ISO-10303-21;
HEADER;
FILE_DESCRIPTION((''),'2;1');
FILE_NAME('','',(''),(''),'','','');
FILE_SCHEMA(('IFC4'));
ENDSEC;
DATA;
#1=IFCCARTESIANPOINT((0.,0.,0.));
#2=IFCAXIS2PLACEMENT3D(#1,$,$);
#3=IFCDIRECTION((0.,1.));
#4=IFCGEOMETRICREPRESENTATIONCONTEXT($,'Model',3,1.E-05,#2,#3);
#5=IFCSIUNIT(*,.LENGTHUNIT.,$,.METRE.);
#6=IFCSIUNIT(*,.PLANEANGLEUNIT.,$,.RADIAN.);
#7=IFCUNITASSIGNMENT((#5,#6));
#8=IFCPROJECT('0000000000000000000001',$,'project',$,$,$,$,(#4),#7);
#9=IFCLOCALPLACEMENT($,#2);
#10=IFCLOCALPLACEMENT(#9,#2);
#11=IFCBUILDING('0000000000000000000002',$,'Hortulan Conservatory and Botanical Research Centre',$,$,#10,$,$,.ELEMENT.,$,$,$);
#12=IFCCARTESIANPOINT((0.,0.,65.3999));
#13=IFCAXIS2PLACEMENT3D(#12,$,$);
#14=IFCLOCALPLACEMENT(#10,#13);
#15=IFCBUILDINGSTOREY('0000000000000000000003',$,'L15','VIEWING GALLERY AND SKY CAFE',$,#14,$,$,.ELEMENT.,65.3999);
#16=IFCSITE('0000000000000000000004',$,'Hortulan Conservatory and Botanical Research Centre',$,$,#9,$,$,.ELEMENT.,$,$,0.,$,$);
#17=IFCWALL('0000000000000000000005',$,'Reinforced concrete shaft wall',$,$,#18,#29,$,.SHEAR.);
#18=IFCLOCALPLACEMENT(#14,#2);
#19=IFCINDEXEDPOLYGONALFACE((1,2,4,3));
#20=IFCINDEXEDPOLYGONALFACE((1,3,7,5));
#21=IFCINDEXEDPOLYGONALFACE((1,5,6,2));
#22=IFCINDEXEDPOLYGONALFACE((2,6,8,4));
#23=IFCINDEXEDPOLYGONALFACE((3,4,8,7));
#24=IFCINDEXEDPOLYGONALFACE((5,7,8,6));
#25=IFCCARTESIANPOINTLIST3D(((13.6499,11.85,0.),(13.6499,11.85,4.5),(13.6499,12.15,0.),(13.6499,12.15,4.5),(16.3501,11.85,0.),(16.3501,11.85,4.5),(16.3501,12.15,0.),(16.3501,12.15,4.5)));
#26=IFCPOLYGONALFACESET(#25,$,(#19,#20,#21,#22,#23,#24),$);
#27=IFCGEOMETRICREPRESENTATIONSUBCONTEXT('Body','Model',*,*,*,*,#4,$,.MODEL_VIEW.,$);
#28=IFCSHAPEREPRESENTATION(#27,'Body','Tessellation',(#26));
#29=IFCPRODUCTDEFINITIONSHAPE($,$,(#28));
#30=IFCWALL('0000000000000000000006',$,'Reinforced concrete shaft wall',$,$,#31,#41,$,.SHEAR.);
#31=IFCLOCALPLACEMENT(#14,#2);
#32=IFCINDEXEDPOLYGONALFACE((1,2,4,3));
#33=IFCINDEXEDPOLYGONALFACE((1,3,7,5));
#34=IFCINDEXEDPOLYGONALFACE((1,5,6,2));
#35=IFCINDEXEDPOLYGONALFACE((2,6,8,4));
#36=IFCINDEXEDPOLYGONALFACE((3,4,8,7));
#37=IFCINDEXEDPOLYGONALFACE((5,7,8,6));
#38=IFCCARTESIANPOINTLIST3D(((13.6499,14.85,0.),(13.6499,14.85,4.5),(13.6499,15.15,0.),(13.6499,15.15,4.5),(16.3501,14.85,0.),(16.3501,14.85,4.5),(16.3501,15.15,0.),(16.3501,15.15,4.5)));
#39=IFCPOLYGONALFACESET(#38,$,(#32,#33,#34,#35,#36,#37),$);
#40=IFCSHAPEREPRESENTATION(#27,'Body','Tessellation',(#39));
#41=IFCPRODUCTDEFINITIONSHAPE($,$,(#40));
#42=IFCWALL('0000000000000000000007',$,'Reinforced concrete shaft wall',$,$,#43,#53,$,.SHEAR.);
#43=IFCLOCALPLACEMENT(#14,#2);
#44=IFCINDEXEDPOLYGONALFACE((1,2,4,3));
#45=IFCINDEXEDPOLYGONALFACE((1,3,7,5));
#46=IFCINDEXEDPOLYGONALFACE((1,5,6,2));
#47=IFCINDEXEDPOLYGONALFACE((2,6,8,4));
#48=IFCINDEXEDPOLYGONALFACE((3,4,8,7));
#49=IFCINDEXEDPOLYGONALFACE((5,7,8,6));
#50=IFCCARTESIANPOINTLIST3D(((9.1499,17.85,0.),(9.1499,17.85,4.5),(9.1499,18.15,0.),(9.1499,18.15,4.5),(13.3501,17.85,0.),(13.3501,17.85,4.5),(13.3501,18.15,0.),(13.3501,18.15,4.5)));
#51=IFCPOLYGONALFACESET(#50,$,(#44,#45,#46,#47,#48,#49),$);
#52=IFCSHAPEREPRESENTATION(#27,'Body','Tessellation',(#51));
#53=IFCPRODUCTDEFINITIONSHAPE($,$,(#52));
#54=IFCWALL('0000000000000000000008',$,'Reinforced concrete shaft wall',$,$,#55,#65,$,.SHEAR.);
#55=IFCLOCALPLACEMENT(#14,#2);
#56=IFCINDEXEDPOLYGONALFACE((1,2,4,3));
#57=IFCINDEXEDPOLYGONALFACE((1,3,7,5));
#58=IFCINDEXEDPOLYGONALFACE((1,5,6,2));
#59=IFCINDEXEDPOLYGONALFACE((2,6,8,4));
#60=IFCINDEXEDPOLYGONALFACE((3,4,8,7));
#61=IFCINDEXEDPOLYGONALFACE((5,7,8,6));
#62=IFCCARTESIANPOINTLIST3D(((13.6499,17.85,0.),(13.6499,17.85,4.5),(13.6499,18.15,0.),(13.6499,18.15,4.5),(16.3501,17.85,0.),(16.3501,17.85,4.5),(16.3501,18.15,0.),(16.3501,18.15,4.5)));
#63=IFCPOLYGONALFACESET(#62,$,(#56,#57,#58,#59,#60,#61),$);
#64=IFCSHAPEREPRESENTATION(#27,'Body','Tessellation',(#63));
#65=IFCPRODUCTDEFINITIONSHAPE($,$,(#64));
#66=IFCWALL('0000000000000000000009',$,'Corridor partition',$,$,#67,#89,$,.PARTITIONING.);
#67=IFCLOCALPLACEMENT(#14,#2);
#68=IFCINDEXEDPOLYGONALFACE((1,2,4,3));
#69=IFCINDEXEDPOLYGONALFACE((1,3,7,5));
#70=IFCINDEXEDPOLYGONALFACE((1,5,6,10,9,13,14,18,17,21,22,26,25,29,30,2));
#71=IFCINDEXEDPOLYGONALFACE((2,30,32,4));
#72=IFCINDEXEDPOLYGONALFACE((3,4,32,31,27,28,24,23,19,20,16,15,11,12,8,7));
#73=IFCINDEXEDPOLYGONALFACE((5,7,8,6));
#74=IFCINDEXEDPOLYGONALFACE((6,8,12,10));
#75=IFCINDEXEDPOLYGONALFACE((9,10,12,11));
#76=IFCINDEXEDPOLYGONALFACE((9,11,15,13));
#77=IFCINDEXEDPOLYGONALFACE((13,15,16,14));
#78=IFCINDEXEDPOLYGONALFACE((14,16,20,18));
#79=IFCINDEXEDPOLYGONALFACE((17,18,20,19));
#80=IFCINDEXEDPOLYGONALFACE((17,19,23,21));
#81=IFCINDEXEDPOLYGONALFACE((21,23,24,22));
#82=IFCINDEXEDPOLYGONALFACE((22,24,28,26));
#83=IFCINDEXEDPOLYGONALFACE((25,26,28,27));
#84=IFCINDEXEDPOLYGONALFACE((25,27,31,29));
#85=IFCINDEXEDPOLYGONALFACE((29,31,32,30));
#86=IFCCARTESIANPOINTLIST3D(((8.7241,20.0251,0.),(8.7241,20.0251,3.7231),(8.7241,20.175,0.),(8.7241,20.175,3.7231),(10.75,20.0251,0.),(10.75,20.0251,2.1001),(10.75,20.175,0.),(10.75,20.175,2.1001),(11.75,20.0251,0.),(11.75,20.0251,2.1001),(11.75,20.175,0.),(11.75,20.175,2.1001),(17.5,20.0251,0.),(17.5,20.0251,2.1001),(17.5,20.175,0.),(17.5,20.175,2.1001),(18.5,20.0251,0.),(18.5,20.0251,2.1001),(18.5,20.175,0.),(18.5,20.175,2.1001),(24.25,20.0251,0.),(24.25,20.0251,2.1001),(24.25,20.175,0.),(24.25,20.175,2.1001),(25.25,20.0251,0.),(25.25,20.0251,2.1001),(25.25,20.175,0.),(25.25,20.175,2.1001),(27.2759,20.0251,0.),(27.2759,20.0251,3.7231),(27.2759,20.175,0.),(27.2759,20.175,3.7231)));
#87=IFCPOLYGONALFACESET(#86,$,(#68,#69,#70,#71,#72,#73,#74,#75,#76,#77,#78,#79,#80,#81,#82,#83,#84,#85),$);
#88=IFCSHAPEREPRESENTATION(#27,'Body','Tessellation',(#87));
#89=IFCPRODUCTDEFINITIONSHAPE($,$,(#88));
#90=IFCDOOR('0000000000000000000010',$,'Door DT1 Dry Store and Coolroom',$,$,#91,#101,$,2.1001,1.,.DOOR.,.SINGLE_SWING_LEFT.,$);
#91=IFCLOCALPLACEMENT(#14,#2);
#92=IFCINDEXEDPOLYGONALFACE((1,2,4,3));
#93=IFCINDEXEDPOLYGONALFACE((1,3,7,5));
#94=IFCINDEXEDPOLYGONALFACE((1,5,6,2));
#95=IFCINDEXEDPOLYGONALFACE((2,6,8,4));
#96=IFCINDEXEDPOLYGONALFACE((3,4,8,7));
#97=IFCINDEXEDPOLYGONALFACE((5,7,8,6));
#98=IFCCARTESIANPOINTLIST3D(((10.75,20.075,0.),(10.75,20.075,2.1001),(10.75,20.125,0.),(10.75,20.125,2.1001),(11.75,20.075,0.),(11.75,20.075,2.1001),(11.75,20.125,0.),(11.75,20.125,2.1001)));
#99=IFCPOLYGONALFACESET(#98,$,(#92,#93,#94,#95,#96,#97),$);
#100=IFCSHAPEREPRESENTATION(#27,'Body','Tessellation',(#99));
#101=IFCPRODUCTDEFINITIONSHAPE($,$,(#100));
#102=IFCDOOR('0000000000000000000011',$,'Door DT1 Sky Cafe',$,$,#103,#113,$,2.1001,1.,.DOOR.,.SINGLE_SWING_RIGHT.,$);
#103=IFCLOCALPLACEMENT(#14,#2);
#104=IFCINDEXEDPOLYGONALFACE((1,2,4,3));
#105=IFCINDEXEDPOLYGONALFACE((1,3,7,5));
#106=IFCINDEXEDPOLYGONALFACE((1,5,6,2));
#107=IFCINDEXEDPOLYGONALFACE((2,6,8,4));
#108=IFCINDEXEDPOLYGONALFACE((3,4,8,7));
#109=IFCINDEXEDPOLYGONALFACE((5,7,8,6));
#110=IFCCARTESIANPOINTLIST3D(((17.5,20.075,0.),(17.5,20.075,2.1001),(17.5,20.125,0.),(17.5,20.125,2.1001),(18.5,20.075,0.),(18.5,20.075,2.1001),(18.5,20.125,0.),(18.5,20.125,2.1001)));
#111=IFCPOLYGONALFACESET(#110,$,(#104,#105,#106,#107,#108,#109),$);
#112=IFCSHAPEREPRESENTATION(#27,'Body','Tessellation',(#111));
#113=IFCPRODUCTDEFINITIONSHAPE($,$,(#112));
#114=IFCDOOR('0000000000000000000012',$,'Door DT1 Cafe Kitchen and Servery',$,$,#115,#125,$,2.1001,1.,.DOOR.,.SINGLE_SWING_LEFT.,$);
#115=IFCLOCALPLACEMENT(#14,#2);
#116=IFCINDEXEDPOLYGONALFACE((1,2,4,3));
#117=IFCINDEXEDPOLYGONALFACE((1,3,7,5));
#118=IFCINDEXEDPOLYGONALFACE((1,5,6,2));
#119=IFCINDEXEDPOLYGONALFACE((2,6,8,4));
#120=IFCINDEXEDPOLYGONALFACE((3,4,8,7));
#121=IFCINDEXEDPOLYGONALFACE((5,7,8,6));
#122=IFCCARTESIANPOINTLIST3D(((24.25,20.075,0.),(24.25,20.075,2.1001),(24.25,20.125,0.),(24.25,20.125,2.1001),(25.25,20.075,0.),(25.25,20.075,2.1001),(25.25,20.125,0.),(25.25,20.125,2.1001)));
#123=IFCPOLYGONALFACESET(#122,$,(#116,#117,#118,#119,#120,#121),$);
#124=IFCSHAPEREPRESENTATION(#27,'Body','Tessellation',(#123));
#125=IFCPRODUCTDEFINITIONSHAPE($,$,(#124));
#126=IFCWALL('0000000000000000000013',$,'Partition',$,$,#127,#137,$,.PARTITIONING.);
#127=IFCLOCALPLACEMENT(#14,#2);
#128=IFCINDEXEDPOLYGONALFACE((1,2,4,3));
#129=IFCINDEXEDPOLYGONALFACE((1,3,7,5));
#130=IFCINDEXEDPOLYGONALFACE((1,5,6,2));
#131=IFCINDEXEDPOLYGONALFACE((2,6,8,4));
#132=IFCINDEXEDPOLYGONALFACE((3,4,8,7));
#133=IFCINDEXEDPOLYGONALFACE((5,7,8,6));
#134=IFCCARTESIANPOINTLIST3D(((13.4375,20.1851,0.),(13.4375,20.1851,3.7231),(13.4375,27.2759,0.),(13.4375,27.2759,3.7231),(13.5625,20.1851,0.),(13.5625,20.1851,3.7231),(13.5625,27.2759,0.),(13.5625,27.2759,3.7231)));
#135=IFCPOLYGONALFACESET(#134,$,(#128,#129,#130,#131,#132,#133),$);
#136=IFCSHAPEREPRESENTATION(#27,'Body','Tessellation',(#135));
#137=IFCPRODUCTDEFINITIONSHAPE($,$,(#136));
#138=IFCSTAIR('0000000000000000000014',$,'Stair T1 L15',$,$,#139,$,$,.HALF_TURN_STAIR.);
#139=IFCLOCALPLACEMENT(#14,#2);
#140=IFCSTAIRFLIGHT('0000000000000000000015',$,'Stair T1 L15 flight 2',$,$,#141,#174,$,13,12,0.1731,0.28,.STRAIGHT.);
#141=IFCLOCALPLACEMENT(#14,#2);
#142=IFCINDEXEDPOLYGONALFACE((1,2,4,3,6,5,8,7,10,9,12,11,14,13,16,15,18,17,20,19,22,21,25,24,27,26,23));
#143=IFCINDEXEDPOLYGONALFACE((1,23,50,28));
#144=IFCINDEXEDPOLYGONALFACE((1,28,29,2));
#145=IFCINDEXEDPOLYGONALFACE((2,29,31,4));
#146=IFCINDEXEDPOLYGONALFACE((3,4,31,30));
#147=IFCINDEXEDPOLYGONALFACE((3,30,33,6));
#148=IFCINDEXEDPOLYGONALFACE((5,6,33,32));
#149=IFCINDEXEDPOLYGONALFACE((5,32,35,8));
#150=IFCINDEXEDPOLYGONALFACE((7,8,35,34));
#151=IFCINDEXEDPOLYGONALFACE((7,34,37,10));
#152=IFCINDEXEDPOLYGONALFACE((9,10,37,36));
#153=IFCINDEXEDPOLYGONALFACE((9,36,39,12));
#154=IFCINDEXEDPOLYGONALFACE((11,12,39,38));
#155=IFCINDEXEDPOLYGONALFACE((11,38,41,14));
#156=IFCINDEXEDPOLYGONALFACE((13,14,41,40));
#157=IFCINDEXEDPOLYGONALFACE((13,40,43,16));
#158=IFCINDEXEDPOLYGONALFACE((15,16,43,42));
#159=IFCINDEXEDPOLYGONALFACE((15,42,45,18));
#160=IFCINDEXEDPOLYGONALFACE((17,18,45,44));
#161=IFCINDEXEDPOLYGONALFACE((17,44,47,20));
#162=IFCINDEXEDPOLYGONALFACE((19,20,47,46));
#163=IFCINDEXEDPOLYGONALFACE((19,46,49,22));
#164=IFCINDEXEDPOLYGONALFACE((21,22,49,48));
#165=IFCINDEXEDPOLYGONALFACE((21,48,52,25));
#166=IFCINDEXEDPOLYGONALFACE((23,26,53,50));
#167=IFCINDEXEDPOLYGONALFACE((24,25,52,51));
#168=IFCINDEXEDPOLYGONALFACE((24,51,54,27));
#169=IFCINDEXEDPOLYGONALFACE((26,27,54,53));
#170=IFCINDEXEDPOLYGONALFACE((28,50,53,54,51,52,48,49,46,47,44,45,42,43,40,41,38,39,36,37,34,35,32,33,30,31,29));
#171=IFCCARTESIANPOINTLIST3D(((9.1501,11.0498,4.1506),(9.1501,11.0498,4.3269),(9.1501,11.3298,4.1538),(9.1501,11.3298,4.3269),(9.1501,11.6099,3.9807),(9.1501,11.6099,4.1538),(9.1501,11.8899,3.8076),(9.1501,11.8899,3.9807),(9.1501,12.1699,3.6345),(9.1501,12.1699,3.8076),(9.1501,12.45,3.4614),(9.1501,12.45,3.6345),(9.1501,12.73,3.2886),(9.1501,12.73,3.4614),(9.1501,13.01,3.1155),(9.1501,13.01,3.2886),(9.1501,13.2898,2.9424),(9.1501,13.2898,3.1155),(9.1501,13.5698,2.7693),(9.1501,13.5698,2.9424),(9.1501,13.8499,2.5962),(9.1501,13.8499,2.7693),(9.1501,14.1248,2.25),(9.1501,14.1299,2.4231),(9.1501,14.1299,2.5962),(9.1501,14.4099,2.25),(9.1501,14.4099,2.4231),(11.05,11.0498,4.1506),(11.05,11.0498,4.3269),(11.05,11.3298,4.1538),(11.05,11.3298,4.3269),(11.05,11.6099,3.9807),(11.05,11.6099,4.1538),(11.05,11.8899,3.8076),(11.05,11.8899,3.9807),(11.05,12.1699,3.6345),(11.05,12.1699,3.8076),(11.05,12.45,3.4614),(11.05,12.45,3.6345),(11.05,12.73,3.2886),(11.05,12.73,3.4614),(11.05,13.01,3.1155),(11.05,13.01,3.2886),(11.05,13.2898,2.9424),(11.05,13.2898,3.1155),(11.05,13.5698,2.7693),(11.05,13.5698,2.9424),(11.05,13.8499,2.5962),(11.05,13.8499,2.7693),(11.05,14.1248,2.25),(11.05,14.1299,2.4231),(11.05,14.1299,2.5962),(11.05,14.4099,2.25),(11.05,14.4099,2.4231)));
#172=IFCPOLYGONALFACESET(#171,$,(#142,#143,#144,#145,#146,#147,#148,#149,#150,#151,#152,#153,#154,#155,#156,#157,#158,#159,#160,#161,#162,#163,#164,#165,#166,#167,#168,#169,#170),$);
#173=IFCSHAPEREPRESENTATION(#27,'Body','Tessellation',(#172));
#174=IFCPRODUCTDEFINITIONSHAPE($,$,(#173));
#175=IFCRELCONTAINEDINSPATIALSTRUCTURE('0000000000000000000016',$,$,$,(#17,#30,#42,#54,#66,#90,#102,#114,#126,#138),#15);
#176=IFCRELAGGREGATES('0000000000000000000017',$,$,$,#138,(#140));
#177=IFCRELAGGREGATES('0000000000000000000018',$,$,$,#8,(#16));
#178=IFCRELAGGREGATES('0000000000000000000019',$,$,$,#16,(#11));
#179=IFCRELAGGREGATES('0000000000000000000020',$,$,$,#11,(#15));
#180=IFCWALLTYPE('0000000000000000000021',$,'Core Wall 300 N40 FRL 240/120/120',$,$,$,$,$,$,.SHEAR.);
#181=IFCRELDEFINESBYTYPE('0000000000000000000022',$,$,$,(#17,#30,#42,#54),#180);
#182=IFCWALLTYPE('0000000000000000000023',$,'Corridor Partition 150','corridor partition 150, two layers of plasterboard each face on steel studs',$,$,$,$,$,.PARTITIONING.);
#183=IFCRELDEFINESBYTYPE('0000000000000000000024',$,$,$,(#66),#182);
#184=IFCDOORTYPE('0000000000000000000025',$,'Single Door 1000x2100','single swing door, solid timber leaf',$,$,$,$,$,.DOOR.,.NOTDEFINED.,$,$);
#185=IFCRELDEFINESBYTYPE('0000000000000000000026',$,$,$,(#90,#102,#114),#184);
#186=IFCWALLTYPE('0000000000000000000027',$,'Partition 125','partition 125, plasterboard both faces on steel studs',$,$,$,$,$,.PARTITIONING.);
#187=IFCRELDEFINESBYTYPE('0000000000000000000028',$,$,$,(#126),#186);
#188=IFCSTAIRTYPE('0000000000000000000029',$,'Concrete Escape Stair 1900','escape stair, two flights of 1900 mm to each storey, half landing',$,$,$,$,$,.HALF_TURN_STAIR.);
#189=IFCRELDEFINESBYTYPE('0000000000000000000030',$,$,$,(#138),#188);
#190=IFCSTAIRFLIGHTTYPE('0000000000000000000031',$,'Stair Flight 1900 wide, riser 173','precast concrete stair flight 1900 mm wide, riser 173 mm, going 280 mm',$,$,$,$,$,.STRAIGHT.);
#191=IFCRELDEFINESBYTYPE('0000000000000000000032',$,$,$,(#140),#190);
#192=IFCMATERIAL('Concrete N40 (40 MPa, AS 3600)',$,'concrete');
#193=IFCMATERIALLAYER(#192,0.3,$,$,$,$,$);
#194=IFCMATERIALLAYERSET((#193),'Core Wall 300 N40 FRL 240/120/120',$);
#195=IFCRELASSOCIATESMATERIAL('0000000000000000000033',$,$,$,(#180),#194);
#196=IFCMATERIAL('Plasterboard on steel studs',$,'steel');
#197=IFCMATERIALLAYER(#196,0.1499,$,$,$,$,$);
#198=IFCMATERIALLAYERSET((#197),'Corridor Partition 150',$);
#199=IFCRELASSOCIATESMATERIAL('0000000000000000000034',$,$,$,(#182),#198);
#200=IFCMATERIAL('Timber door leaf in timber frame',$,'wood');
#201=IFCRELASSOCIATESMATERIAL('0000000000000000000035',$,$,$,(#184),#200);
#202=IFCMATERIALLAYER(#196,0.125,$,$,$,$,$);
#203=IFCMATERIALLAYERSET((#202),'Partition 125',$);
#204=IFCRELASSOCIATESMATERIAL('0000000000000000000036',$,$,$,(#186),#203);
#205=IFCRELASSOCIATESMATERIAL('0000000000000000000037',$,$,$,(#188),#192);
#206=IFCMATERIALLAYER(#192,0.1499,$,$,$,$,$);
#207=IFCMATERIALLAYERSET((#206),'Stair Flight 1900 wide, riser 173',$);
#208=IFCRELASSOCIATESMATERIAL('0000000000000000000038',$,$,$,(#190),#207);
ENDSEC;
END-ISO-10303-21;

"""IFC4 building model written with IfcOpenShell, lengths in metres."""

from ifc_helpers import new_model, si_unit, direction, frame, frame_2d, origin, place, context, subcontext, project, spatial, polyline, rectangle, outline, extrude, material, layer, layer_set, type_object, element, fill, aggregate, save


model = new_model("IFC4")

# Units and contexts
model_context = context("Model", 3, precision=1e-05, world=origin(), true_north=direction((0.0, 1.0)))
body_context = subcontext(model_context, "Body", "Model", "MODEL_VIEW")
ifc_project = project(units=[si_unit("LENGTHUNIT", "METRE"), si_unit("PLANEANGLEUNIT", "RADIAN")], contexts=[model_context])

# Site, building, storey
site_placement = place(None, origin())
site = spatial("IfcSite", under=ifc_project, at=site_placement, Name="Hortulan Conservatory and Botanical Research Centre", CompositionType="ELEMENT", RefElevation=0.0)
building_placement = place(site_placement, origin())
building = spatial("IfcBuilding", under=site, at=building_placement, Name="Hortulan Conservatory and Botanical Research Centre", CompositionType="ELEMENT")
storey_placement = place(building_placement, frame((0.0, 0.0, 65.3999)))
storey = spatial("IfcBuildingStorey", under=building, at=storey_placement, Name="L15", Description="VIEWING GALLERY AND SKY CAFE", CompositionType="ELEMENT", Elevation=65.3999)

# Walls
ifc_material_1 = material(Name="Concrete N40 (40 MPa, AS 3600)", Category="concrete")
ifc_layer_1 = layer(ifc_material_1, 0.3)
ifc_layer_set_1 = layer_set([ifc_layer_1], Name="Core Wall 300 N40 FRL 240/120/120")
wall_type_1 = type_object("IfcWallType", Name="Core Wall 300 N40 FRL 240/120/120", PredefinedType="SHEAR", material=ifc_layer_set_1)
for number, where, z_axis, x_axis, name in (
    (1, (13.6499, 12.0, 0.0), (0.0, 0.0, 1.0), (1.0, 0.0, 0.0), "Reinforced concrete shaft wall"),
    (2, (13.6499, 15.0, 0.0), (0.0, 0.0, 1.0), (1.0, 0.0, 0.0), "Reinforced concrete shaft wall"),
):
    element("IfcWall", number, at=place(storey_placement, frame(where, z_axis=z_axis, x_axis=x_axis)), inside=storey, type_object=wall_type_1, Name=name, PredefinedType="SHEAR", context=body_context, shape_type="SweptSolid", body=[
        extrude(rectangle(XDim=2.7002, YDim=0.3, at=frame_2d((1.3501, 0.0))), origin(), (0.0, 0.0, 1.0), 4.5),
    ])
wall_1_placement = place(storey_placement, frame((9.1499, 18.0, 0.0), z_axis=(0.0, 0.0, 1.0), x_axis=(1.0, 0.0, 0.0)))
element("IfcWall", 3, at=wall_1_placement, inside=storey, type_object=wall_type_1, Name="Reinforced concrete shaft wall", PredefinedType="SHEAR", context=body_context, shape_type="SweptSolid", body=[
    extrude(rectangle(XDim=4.2002, YDim=0.3, at=frame_2d((2.1001, 0.0))), origin(), (0.0, 0.0, 1.0), 4.5),
])
wall_2_placement = place(storey_placement, frame((13.6499, 18.0, 0.0), z_axis=(0.0, 0.0, 1.0), x_axis=(1.0, 0.0, 0.0)))
element("IfcWall", 4, at=wall_2_placement, inside=storey, type_object=wall_type_1, Name="Reinforced concrete shaft wall", PredefinedType="SHEAR", context=body_context, shape_type="SweptSolid", body=[
    extrude(rectangle(XDim=2.7002, YDim=0.3, at=frame_2d((1.3501, 0.0))), origin(), (0.0, 0.0, 1.0), 4.5),
])

# Wall, openings, doors
ifc_material_2 = material(Name="Plasterboard on steel studs", Category="steel")
ifc_layer_2 = layer(ifc_material_2, 0.1499)
ifc_layer_set_2 = layer_set([ifc_layer_2], Name="Corridor Partition 150")
wall_type_2 = type_object("IfcWallType", Name="Corridor Partition 150", Description="corridor partition 150, two layers of plasterboard each face on steel studs", PredefinedType="PARTITIONING", material=ifc_layer_set_2)
wall_3_placement = place(storey_placement, frame((8.7241, 20.1001, 0.0), z_axis=(0.0, 0.0, 1.0), x_axis=(1.0, 0.0, 0.0)))
wall_3 = element("IfcWall", 5, at=wall_3_placement, inside=storey, type_object=wall_type_2, Name="Corridor partition", PredefinedType="PARTITIONING", context=body_context, shape_type="SweptSolid", body=[
    extrude(rectangle(XDim=18.5518, YDim=0.1499, at=frame_2d((9.2759, 0.0))), origin(), (0.0, 0.0, 1.0), 3.7231),
])
opening_1_placement = place(wall_3_placement, frame((2.0259, 0.0, 0.0)))
opening_1 = element("IfcOpeningElement", 6, at=opening_1_placement, cuts=wall_3, PredefinedType="OPENING", context=body_context, shape_type="SweptSolid", body=[
    extrude(rectangle(XDim=1.0, YDim=2.1001, at=frame_2d((0.5, 1.05))), frame((0.0, 0.085, 0.0), z_axis=(0.0, -1.0, 0.0), x_axis=(1.0, 0.0, 0.0)), (0.0, 0.0, 1.0), 0.1699),
])
opening_2_placement = place(wall_3_placement, frame((8.7759, 0.0, 0.0)))
opening_2 = element("IfcOpeningElement", 7, at=opening_2_placement, cuts=wall_3, PredefinedType="OPENING", context=body_context, shape_type="SweptSolid", body=[
    extrude(rectangle(XDim=1.0, YDim=2.1001, at=frame_2d((0.5, 1.05))), frame((0.0, 0.085, 0.0), z_axis=(0.0, -1.0, 0.0), x_axis=(1.0, 0.0, 0.0)), (0.0, 0.0, 1.0), 0.1699),
])
opening_3_placement = place(wall_3_placement, frame((15.5259, 0.0, 0.0)))
opening_3 = element("IfcOpeningElement", 8, at=opening_3_placement, cuts=wall_3, PredefinedType="OPENING", context=body_context, shape_type="SweptSolid", body=[
    extrude(rectangle(XDim=1.0, YDim=2.1001, at=frame_2d((0.5, 1.05))), frame((0.0, 0.085, 0.0), z_axis=(0.0, -1.0, 0.0), x_axis=(1.0, 0.0, 0.0)), (0.0, 0.0, 1.0), 0.1699),
])
ifc_material_3 = material(Name="Timber door leaf in timber frame", Category="wood")
door_type = type_object("IfcDoorType", Name="Single Door 1000x2100", Description="single swing door, solid timber leaf", OperationType="NOTDEFINED", PredefinedType="DOOR", material=ifc_material_3)
door_1_placement = place(opening_1_placement, origin())
door_1 = element("IfcDoor", 9, at=door_1_placement, inside=storey, type_object=door_type, Name="Door DT1 Dry Store and Coolroom", OperationType="SINGLE_SWING_LEFT", OverallHeight=2.1001, OverallWidth=1.0, PredefinedType="DOOR", context=body_context, shape_type="SweptSolid", body=[
    extrude(rectangle(XDim=1.0, YDim=2.1001, at=frame_2d((0.5, 1.05))), frame((0.0, 0.0249, 0.0), z_axis=(0.0, -1.0, 0.0), x_axis=(1.0, 0.0, 0.0)), (0.0, 0.0, 1.0), 0.05),
])
fill(opening_1, door_1)
door_2_placement = place(opening_2_placement, origin())
door_2 = element("IfcDoor", 10, at=door_2_placement, inside=storey, type_object=door_type, Name="Door DT1 Sky Cafe", OperationType="SINGLE_SWING_RIGHT", OverallHeight=2.1001, OverallWidth=1.0, PredefinedType="DOOR", context=body_context, shape_type="SweptSolid", body=[
    extrude(rectangle(XDim=1.0, YDim=2.1001, at=frame_2d((0.5, 1.05))), frame((0.0, 0.0249, 0.0), z_axis=(0.0, -1.0, 0.0), x_axis=(1.0, 0.0, 0.0)), (0.0, 0.0, 1.0), 0.05),
])
fill(opening_2, door_2)
door_3_placement = place(opening_3_placement, origin())
door_3 = element("IfcDoor", 11, at=door_3_placement, inside=storey, type_object=door_type, Name="Door DT1 Cafe Kitchen and Servery", OperationType="SINGLE_SWING_LEFT", OverallHeight=2.1001, OverallWidth=1.0, PredefinedType="DOOR", context=body_context, shape_type="SweptSolid", body=[
    extrude(rectangle(XDim=1.0, YDim=2.1001, at=frame_2d((0.5, 1.05))), frame((0.0, 0.0249, 0.0), z_axis=(0.0, -1.0, 0.0), x_axis=(1.0, 0.0, 0.0)), (0.0, 0.0, 1.0), 0.05),
])
fill(opening_3, door_3)

# Wall
ifc_layer_3 = layer(ifc_material_2, 0.125)
ifc_layer_set_3 = layer_set([ifc_layer_3], Name="Partition 125")
wall_type_3 = type_object("IfcWallType", Name="Partition 125", Description="partition 125, plasterboard both faces on steel studs", PredefinedType="PARTITIONING", material=ifc_layer_set_3)
wall_4_placement = place(storey_placement, frame((13.5, 20.1851, 0.0), z_axis=(0.0, 0.0, 1.0), x_axis=(0.0, 1.0, 0.0)))
element("IfcWall", 12, at=wall_4_placement, inside=storey, type_object=wall_type_3, Name="Partition", PredefinedType="PARTITIONING", context=body_context, shape_type="SweptSolid", body=[
    extrude(rectangle(XDim=7.0908, YDim=0.125, at=frame_2d((3.5454, 0.0))), origin(), (0.0, 0.0, 1.0), 3.7231),
])

# Stair, stair flight
stair_type = type_object("IfcStairType", Name="Concrete Escape Stair 1900", Description="escape stair, two flights of 1900 mm to each storey, half landing", PredefinedType="HALF_TURN_STAIR", material=ifc_material_1)
stair_placement = place(storey_placement, origin())
stair = element("IfcStair", 13, at=stair_placement, inside=storey, type_object=stair_type, Name="Stair T1 L15", PredefinedType="HALF_TURN_STAIR")
ifc_layer_4 = layer(ifc_material_1, 0.1499)
ifc_layer_set_4 = layer_set([ifc_layer_4], Name="Stair Flight 1900 wide, riser 173")
stair_flight_type = type_object("IfcStairFlightType", Name="Stair Flight 1900 wide, riser 173", Description="precast concrete stair flight 1900 mm wide, riser 173 mm, going 280 mm", PredefinedType="STRAIGHT", material=ifc_layer_set_4)
stair_flight_placement = place(storey_placement, frame((10.1001, 14.4099, 2.25), z_axis=(0.0, 0.0, 1.0), x_axis=(0.0, -1.0, 0.0)))
stair_flight = element("IfcStairFlight", 14, at=stair_flight_placement, type_object=stair_flight_type, Name="Stair T1 L15 flight 2", NumberOfRisers=13, NumberOfTreads=12, PredefinedType="STRAIGHT", RiserHeight=0.1731, TreadLength=0.28, context=body_context, shape_type="SweptSolid", body=[
    extrude(outline(polyline([(0.0, 0.0), (0.0, 0.1731), (0.28, 0.1731), (0.28, 0.3462), (0.5601, 0.3462), (0.5601, 0.5193), (0.8401, 0.5193), (0.8401, 0.6924), (1.1201, 0.6924), (1.1201, 0.8655), (1.3999, 0.8655), (1.3999, 1.0386), (1.6799, 1.0386), (1.6799, 1.2114), (1.96, 1.2114), (1.96, 1.3845), (2.24, 1.3845), (2.24, 1.5576), (2.52, 1.5576), (2.52, 1.7307), (2.8, 1.7307), (2.8, 1.9038), (3.0801, 1.9038), (3.0801, 2.0769), (3.3601, 2.0769), (3.3601, 2.25), (3.3601, 1.9006), (0.2852, 0.0), (0.0, 0.0)])), frame((0.0, 0.95, 0.0), z_axis=(0.0, -1.0, 0.0), x_axis=(1.0, 0.0, 0.0)), (0.0, 0.0, 1.0), 1.8999),
])
aggregate(stair, [stair_flight])

save(model, "model.ifc")
